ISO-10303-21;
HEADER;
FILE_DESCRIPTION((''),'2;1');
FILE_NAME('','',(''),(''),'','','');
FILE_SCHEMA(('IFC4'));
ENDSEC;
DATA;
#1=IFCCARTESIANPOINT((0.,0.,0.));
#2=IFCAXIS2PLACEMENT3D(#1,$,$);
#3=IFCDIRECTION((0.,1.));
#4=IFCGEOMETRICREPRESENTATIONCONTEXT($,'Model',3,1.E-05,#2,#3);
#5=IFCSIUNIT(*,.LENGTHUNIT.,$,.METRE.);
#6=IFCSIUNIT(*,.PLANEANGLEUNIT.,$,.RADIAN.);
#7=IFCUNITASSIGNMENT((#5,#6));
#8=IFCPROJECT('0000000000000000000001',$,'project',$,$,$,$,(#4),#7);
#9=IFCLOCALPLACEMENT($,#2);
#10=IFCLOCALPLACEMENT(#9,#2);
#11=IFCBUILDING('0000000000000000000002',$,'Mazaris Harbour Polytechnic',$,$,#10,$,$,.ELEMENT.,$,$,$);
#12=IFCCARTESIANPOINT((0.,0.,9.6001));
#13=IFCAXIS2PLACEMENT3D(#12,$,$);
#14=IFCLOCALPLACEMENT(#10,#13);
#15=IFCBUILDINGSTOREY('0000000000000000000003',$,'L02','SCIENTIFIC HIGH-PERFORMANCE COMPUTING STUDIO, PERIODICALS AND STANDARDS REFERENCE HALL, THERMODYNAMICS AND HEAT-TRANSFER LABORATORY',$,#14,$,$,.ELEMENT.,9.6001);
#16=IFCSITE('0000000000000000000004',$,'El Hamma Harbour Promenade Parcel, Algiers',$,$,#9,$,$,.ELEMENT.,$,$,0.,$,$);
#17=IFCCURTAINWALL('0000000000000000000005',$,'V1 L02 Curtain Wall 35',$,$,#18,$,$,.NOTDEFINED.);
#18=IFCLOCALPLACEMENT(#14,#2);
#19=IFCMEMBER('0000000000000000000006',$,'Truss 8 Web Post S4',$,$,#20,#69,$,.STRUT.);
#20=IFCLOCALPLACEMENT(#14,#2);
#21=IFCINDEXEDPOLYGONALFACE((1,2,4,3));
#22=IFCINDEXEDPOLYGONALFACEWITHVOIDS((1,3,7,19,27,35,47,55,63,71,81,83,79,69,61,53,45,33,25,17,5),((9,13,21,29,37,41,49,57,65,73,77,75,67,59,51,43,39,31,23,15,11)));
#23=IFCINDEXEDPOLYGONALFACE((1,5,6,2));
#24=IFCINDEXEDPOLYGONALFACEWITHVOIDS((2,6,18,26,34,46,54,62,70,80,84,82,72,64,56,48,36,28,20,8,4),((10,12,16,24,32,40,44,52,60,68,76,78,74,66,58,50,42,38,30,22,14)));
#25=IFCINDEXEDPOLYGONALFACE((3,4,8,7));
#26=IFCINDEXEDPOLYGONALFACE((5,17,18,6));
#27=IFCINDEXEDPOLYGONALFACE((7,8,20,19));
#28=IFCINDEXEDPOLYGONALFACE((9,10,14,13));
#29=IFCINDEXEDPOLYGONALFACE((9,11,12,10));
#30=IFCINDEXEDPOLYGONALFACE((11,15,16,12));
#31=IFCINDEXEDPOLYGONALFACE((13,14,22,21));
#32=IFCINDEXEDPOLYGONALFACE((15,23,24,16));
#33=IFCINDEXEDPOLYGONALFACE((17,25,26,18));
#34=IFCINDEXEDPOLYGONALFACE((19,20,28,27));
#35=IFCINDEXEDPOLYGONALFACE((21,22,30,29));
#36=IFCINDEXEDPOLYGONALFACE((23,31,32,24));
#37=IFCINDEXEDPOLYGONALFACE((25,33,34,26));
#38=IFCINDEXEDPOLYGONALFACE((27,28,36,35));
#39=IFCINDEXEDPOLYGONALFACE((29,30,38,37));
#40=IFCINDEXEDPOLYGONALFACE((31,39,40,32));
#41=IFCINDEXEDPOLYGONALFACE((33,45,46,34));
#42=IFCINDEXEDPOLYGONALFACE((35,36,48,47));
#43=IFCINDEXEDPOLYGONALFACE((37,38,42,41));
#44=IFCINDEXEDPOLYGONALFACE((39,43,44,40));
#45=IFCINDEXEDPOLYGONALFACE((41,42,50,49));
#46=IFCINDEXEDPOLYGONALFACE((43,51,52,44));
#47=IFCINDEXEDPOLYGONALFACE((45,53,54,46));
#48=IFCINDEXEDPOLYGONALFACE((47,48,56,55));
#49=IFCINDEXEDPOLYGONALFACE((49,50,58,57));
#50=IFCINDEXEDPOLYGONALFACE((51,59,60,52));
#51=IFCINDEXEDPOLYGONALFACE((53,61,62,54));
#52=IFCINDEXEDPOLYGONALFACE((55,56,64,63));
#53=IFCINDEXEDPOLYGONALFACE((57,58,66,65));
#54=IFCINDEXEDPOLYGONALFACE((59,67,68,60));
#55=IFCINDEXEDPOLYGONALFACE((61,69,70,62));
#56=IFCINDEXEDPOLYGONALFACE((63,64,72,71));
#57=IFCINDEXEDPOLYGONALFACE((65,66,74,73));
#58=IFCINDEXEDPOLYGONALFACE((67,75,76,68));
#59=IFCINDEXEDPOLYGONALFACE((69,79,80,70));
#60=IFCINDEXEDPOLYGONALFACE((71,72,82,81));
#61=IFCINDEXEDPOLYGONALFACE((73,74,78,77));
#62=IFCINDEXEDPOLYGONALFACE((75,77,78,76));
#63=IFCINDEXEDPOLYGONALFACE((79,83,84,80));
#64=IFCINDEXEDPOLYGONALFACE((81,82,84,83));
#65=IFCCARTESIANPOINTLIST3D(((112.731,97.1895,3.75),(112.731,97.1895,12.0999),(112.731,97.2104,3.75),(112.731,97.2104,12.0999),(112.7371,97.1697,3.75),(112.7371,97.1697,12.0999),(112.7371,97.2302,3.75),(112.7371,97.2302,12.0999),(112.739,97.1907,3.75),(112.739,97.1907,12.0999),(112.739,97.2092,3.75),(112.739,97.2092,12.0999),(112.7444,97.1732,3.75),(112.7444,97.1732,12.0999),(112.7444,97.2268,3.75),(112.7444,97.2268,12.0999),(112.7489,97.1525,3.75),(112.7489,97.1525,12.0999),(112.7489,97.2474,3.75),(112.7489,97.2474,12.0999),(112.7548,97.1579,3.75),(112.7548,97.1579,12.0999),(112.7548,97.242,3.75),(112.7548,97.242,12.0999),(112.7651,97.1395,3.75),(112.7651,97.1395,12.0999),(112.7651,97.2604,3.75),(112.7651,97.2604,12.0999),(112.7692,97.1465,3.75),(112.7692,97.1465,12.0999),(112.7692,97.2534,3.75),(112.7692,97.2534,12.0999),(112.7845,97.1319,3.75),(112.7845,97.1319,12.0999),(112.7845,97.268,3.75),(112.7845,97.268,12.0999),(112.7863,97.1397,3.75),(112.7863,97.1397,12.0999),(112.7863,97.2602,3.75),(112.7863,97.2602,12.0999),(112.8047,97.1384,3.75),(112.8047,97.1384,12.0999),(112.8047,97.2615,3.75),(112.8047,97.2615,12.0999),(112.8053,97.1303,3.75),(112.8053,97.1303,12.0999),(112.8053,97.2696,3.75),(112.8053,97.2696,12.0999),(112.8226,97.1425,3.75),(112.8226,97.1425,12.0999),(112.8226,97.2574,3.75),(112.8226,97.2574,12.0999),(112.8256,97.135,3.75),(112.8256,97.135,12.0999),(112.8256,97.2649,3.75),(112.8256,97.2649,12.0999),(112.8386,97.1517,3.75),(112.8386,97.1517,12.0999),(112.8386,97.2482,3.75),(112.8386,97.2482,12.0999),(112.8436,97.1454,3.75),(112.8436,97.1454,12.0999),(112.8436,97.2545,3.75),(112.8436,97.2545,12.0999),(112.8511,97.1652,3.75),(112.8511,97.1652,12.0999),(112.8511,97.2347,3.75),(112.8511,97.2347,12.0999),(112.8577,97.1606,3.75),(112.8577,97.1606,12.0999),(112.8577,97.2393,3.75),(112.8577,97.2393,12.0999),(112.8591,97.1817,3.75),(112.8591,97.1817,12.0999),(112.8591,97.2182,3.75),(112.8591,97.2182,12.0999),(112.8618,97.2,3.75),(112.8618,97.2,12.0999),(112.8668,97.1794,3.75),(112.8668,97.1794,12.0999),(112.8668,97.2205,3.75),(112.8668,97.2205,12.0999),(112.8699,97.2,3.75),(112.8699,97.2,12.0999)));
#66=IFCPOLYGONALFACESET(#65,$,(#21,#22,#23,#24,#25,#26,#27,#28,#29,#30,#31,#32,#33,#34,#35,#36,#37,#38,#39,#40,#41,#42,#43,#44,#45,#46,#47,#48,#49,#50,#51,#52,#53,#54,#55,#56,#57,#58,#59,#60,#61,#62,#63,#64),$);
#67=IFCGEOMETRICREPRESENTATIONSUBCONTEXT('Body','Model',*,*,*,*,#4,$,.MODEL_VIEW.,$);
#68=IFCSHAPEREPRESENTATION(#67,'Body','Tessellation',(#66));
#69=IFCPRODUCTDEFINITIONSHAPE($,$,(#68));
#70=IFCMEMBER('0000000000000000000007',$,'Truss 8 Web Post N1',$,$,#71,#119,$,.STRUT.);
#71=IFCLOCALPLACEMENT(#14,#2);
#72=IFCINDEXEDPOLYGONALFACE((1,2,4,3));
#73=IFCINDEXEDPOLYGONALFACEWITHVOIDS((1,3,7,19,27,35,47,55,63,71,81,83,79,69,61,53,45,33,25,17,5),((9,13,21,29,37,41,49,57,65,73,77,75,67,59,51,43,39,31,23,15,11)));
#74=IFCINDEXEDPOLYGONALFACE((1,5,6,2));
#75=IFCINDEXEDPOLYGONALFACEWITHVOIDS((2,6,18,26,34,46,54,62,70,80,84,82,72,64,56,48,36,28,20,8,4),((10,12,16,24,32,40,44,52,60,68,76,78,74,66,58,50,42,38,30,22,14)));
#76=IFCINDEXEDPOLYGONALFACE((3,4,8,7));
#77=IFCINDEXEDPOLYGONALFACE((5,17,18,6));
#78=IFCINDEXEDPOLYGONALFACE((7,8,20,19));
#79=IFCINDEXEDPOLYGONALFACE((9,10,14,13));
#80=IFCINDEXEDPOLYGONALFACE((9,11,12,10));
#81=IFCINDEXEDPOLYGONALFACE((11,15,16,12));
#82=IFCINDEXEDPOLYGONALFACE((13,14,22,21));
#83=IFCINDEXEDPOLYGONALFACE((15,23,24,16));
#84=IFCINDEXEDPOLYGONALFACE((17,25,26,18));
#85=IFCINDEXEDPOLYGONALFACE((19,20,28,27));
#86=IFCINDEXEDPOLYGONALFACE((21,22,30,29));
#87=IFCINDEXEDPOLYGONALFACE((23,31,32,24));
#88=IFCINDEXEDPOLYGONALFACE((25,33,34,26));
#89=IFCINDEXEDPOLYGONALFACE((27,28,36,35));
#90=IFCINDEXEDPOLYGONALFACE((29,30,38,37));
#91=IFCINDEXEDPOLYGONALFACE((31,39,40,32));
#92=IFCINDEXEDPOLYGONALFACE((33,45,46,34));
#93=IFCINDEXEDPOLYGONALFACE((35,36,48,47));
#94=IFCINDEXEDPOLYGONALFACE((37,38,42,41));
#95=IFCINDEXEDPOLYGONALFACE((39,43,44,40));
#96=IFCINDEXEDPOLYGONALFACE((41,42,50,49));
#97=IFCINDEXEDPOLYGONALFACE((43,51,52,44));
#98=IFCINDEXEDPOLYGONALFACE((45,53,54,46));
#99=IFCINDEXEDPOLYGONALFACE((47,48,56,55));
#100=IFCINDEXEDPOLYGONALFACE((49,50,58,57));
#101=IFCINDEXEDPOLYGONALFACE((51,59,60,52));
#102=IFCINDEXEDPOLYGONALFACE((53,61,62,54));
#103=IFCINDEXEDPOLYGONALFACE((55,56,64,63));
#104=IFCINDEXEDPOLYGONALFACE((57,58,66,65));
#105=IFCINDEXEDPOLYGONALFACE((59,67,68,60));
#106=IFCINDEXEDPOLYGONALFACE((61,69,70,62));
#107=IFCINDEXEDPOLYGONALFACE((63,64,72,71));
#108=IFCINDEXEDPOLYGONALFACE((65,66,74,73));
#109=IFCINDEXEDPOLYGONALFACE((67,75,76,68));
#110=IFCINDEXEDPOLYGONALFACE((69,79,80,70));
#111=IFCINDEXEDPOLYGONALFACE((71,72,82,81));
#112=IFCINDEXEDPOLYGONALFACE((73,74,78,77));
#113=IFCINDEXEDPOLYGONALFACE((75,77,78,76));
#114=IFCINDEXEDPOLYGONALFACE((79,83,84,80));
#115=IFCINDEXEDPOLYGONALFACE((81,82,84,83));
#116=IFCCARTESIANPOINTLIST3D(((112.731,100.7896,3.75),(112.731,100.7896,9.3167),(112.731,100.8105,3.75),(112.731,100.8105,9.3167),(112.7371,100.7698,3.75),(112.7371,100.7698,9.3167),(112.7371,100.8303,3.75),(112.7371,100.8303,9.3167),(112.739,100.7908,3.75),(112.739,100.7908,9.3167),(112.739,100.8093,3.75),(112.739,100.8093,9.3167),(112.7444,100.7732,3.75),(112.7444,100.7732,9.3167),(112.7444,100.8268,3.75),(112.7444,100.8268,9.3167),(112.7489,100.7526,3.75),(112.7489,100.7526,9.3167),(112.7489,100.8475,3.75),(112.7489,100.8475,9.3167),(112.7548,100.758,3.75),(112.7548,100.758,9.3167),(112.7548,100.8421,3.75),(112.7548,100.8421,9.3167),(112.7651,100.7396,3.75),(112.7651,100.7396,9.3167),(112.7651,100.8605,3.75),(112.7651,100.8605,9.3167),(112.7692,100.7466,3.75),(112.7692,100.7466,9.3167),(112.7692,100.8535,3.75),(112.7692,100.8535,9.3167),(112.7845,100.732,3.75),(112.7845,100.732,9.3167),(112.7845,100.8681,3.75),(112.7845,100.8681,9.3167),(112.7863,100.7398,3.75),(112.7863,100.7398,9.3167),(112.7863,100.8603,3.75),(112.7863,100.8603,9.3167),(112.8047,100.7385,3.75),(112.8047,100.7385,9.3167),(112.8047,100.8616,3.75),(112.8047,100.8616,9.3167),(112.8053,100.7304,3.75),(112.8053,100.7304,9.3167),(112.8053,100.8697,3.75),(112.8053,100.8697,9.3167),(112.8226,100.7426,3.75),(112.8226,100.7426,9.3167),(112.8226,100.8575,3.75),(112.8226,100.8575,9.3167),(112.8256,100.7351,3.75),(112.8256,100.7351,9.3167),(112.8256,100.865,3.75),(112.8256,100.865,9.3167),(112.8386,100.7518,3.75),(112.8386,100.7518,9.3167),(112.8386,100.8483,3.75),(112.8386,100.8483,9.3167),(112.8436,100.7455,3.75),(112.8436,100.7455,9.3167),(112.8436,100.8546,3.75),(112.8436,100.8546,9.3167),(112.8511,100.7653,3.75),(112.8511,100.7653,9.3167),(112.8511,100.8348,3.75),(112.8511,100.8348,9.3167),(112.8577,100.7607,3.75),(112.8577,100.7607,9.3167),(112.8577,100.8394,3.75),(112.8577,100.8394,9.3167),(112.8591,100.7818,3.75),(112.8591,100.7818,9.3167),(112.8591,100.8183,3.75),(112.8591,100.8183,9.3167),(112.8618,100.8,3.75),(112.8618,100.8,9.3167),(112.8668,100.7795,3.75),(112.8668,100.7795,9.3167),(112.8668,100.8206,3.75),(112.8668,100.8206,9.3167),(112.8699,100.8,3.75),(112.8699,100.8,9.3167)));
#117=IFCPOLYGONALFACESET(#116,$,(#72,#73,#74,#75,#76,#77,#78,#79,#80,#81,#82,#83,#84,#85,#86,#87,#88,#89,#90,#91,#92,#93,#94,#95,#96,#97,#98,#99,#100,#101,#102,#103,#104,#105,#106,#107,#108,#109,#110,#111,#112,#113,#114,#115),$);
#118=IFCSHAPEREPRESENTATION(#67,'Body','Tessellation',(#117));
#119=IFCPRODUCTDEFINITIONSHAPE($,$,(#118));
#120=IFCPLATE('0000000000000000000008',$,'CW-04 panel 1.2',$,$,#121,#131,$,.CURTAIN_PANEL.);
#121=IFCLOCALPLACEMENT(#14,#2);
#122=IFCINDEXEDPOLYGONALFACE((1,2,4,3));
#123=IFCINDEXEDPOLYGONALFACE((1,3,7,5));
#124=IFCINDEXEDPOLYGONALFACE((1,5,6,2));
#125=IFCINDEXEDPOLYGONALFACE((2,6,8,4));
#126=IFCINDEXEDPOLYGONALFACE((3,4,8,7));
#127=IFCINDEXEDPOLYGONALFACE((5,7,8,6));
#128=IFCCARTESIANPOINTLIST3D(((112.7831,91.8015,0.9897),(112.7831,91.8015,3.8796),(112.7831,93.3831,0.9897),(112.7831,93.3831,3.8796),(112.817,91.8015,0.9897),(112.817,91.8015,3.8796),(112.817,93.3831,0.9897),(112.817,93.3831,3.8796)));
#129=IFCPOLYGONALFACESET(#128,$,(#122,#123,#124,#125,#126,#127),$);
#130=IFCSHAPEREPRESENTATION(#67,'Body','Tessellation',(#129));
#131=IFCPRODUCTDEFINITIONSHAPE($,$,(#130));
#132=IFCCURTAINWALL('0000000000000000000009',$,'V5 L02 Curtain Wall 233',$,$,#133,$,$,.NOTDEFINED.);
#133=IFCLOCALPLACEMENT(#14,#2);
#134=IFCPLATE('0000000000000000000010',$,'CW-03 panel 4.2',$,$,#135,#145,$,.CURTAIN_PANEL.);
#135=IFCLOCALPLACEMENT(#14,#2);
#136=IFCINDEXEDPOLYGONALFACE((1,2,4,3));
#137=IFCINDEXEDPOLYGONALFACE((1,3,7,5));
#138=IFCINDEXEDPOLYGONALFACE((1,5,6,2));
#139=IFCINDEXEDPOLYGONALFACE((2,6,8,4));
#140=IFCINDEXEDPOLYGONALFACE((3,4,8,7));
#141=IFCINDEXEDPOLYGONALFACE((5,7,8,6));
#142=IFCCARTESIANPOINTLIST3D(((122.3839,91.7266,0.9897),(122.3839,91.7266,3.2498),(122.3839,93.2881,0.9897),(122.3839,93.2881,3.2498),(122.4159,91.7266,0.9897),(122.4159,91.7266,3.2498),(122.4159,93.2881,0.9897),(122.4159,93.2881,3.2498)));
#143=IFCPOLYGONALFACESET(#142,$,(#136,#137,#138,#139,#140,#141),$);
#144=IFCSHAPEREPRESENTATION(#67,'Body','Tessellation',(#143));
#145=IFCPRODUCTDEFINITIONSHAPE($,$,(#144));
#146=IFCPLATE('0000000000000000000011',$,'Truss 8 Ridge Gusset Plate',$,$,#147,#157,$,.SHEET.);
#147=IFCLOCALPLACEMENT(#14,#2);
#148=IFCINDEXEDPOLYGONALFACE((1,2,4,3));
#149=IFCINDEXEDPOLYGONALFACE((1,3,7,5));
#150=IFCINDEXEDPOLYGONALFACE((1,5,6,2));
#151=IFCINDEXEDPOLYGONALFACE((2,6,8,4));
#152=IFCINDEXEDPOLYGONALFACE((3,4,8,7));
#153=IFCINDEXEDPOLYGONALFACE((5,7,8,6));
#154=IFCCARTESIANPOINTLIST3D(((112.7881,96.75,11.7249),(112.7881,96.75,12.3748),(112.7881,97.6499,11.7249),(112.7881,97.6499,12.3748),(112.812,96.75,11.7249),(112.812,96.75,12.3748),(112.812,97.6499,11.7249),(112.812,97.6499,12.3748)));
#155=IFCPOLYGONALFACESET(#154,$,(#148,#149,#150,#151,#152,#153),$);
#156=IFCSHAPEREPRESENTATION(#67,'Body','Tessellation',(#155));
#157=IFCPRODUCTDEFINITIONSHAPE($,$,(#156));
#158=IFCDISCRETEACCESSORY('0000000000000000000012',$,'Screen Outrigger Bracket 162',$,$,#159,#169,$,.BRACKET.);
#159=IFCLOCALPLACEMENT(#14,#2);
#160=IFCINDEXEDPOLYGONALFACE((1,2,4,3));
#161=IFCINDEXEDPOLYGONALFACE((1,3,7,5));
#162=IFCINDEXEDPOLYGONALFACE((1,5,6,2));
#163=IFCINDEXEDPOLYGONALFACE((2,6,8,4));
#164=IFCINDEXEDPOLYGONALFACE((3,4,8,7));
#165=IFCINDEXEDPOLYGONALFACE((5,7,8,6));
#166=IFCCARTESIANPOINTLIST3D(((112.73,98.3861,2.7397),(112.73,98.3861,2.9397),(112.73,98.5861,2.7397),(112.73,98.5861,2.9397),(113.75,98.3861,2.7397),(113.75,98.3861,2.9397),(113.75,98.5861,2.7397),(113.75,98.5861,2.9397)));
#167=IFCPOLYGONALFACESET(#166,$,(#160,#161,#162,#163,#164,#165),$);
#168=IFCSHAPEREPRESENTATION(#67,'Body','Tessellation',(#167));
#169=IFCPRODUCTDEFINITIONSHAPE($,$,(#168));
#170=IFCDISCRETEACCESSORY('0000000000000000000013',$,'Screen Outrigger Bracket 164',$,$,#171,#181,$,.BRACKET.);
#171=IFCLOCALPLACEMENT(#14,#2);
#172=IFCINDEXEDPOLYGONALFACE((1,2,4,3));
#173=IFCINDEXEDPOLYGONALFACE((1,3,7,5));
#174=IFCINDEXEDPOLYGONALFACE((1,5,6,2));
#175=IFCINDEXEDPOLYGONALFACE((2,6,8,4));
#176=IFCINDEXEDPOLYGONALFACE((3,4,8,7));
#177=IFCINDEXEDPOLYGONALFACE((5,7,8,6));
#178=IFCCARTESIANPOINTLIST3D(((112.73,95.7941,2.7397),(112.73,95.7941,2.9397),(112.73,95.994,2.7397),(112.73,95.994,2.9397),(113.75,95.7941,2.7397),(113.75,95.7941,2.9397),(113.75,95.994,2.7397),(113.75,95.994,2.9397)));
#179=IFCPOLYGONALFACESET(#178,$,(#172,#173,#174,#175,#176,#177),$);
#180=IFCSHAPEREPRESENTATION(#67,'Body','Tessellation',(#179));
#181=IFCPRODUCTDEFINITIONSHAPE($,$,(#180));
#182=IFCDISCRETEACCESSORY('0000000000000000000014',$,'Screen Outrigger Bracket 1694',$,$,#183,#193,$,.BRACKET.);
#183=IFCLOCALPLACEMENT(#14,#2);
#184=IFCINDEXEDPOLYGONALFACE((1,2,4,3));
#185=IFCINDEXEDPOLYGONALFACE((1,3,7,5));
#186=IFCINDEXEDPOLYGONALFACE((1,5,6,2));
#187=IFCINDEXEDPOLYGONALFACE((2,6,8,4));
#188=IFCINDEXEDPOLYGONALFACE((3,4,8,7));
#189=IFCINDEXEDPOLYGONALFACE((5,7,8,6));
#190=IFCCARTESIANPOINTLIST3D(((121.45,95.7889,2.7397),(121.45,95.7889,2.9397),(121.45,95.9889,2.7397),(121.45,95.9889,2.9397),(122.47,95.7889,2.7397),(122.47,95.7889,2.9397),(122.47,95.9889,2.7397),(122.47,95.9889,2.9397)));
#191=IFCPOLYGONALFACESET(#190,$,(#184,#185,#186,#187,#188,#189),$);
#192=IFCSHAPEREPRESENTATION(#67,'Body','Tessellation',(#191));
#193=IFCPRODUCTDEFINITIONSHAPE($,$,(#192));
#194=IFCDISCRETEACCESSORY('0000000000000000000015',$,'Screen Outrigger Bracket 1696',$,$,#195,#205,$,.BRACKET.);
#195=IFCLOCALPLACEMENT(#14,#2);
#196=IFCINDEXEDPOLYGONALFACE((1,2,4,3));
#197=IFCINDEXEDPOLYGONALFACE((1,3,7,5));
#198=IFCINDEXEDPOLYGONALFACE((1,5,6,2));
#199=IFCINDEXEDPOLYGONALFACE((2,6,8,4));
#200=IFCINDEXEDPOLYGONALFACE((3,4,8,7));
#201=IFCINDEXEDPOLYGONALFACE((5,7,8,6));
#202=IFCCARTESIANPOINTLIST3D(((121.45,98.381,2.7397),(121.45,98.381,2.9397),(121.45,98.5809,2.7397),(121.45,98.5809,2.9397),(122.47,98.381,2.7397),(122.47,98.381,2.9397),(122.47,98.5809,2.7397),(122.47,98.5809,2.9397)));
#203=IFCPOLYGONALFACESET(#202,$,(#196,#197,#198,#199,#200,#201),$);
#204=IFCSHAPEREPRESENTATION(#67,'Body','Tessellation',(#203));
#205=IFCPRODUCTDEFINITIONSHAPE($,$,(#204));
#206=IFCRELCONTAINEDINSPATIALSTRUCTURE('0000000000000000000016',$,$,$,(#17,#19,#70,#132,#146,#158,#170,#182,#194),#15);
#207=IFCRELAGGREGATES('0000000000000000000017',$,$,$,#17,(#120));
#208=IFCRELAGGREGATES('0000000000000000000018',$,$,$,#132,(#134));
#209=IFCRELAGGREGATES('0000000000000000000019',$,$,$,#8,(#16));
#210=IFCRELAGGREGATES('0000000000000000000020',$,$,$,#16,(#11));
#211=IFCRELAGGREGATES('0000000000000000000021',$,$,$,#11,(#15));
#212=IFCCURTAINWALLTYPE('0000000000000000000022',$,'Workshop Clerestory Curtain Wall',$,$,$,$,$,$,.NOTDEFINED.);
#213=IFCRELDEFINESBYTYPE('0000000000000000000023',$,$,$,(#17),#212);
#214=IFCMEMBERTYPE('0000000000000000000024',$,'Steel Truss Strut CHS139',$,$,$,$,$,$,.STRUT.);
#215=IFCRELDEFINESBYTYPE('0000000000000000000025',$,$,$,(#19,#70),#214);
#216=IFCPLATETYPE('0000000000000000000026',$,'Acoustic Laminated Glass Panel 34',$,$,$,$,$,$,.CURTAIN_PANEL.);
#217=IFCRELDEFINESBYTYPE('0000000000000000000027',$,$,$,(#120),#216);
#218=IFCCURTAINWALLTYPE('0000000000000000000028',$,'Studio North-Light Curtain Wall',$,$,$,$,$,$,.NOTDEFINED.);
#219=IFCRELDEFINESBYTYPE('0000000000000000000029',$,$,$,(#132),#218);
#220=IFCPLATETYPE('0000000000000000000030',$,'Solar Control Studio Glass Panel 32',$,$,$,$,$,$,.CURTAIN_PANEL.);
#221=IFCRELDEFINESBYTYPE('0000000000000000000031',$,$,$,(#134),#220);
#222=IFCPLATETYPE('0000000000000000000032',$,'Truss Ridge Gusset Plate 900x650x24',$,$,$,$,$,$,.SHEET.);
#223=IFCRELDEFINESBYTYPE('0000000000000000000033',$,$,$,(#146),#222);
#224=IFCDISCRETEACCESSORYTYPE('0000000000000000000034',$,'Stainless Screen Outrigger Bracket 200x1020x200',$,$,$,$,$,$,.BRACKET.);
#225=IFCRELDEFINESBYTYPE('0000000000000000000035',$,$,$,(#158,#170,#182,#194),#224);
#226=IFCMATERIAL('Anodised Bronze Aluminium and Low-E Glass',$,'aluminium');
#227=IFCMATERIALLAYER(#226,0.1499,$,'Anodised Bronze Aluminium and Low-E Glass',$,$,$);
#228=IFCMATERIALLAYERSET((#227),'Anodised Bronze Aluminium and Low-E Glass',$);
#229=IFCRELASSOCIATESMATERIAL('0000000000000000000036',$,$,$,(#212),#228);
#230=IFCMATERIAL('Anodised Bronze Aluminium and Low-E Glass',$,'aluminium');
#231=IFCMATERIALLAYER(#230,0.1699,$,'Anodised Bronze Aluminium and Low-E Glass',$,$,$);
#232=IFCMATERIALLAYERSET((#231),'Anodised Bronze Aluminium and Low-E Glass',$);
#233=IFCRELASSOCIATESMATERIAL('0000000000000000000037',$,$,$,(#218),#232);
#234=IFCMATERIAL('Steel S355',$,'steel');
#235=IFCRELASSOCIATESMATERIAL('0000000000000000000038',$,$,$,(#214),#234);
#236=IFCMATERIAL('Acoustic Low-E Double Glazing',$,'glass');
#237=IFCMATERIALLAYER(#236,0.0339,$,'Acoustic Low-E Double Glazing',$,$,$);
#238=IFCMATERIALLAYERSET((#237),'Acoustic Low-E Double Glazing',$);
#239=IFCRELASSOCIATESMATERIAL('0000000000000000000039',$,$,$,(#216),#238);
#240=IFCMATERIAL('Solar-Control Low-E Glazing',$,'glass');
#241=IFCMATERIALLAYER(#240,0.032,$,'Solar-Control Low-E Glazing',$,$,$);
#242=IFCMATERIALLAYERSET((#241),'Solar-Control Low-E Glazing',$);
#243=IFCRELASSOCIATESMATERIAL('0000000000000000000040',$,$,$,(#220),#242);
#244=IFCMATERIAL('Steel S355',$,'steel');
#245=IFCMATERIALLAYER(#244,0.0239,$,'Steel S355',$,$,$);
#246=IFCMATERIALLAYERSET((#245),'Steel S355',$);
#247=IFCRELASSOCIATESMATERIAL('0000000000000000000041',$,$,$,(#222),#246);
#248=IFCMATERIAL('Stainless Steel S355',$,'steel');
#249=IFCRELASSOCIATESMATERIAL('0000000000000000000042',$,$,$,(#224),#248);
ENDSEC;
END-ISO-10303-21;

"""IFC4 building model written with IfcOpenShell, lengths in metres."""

from ifc_helpers import new_model, si_unit, direction, frame, origin, origin_2d, place, context, subcontext, project, spatial, rectangle, hollow_circle, extrude, material, layer, layer_set, material_profile, profile_set, type_object, element, aggregate, save


model = new_model("IFC4")

# Units and contexts
model_context = context("Model", 3, precision=1e-05, world=origin(), true_north=direction((0.0, 1.0)))
body_context = subcontext(model_context, "Body", "Model", "MODEL_VIEW")
ifc_project = project(units=[si_unit("LENGTHUNIT", "METRE"), si_unit("PLANEANGLEUNIT", "RADIAN")], contexts=[model_context])

# Site, building, storey
site_placement = place(None, origin())
site = spatial("IfcSite", under=ifc_project, at=site_placement, Name="El Hamma Harbour Promenade Parcel, Algiers", CompositionType="ELEMENT", RefElevation=0.0)
building_placement = place(site_placement, origin())
building = spatial("IfcBuilding", under=site, at=building_placement, Name="Mazaris Harbour Polytechnic", CompositionType="ELEMENT")
storey_placement = place(building_placement, frame((0.0, 0.0, 9.6001)))
storey = spatial("IfcBuildingStorey", under=building, at=storey_placement, Name="L02", Description="SCIENTIFIC HIGH-PERFORMANCE COMPUTING STUDIO, PERIODICALS AND STANDARDS REFERENCE HALL, THERMODYNAMICS AND HEAT-TRANSFER LABORATORY", CompositionType="ELEMENT", Elevation=9.6001)

# Curtain wall
ifc_material_1 = material(Name="Anodised Bronze Aluminium and Low-E Glass", Category="aluminium")
ifc_layer_1 = layer(ifc_material_1, 0.1499, Name="Anodised Bronze Aluminium and Low-E Glass")
ifc_layer_set_1 = layer_set([ifc_layer_1], Name="Anodised Bronze Aluminium and Low-E Glass")
curtain_wall_type_1 = type_object("IfcCurtainWallType", Name="Workshop Clerestory Curtain Wall", PredefinedType="NOTDEFINED", material=ifc_layer_set_1)
curtain_wall_1_placement = place(storey_placement, origin())
curtain_wall_1 = element("IfcCurtainWall", 1, at=curtain_wall_1_placement, inside=storey, type_object=curtain_wall_type_1, Name="V1 L02 Curtain Wall 35", PredefinedType="NOTDEFINED")
ifc_material_2 = material(Name="Anodised Bronze Aluminium and Low-E Glass", Category="aluminium")
ifc_layer_2 = layer(ifc_material_2, 0.1699, Name="Anodised Bronze Aluminium and Low-E Glass")
ifc_layer_set_2 = layer_set([ifc_layer_2], Name="Anodised Bronze Aluminium and Low-E Glass")
curtain_wall_type_2 = type_object("IfcCurtainWallType", Name="Studio North-Light Curtain Wall", PredefinedType="NOTDEFINED", material=ifc_layer_set_2)

# Members
ifc_material_3 = material(Name="Steel S355", Category="steel")
ifc_material_profile_1 = material_profile(ifc_material_3, hollow_circle(Radius=0.0698, WallThickness=0.0081, at=origin_2d()), Name="CHS 139.7x8.0")
ifc_profile_set_1 = profile_set([ifc_material_profile_1], Name="Steel S355")
member_type_1 = type_object("IfcMemberType", Name="Steel Truss Strut CHS139", PredefinedType="STRUT", material=ifc_profile_set_1)
member_1_placement = place(storey_placement, frame((112.8, 97.2, 3.75), z_axis=(0.0, 0.0, 1.0), x_axis=(1.0, 0.0, 0.0)))
element("IfcMember", 2, at=member_1_placement, inside=storey, type_object=member_type_1, Name="Truss 8 Web Post S4", PredefinedType="STRUT", context=body_context, shape_type="SweptSolid", body=[
    extrude(hollow_circle(Radius=0.0698, WallThickness=0.0081, at=origin_2d()), origin(), (0.0, 0.0, 1.0), 8.3499),
])
member_2_placement = place(storey_placement, frame((112.8, 100.8, 3.75), z_axis=(0.0, 0.0, 1.0), x_axis=(1.0, 0.0, 0.0)))
element("IfcMember", 3, at=member_2_placement, inside=storey, type_object=member_type_1, Name="Truss 8 Web Post N1", PredefinedType="STRUT", context=body_context, shape_type="SweptSolid", body=[
    extrude(hollow_circle(Radius=0.0698, WallThickness=0.0081, at=origin_2d()), origin(), (0.0, 0.0, 1.0), 5.5667),
])

# Plate
ifc_material_4 = material(Name="Acoustic Low-E Double Glazing", Category="glass")
ifc_layer_3 = layer(ifc_material_4, 0.0339, Name="Acoustic Low-E Double Glazing")
ifc_layer_set_3 = layer_set([ifc_layer_3], Name="Acoustic Low-E Double Glazing")
plate_type_1 = type_object("IfcPlateType", Name="Acoustic Laminated Glass Panel 34", PredefinedType="CURTAIN_PANEL", material=ifc_layer_set_3)
plate_1_placement = place(storey_placement, frame((112.8, 92.5923, 0.9897), z_axis=(0.0, 0.0, 1.0), x_axis=(0.0, -1.0, 0.0)))
plate_1 = element("IfcPlate", 4, at=plate_1_placement, type_object=plate_type_1, Name="CW-04 panel 1.2", PredefinedType="CURTAIN_PANEL", context=body_context, shape_type="SweptSolid", body=[
    extrude(rectangle(XDim=1.5815, YDim=0.0339, at=origin_2d()), origin(), (0.0, 0.0, 1.0), 2.8899),
])
aggregate(curtain_wall_1, [plate_1])

# Curtain wall, plate
curtain_wall_2_placement = place(storey_placement, origin())
curtain_wall_2 = element("IfcCurtainWall", 5, at=curtain_wall_2_placement, inside=storey, type_object=curtain_wall_type_2, Name="V5 L02 Curtain Wall 233", PredefinedType="NOTDEFINED")
ifc_material_5 = material(Name="Solar-Control Low-E Glazing", Category="glass")
ifc_layer_4 = layer(ifc_material_5, 0.032, Name="Solar-Control Low-E Glazing")
ifc_layer_set_4 = layer_set([ifc_layer_4], Name="Solar-Control Low-E Glazing")
plate_type_2 = type_object("IfcPlateType", Name="Solar Control Studio Glass Panel 32", PredefinedType="CURTAIN_PANEL", material=ifc_layer_set_4)
plate_2_placement = place(storey_placement, frame((122.3999, 92.5073, 0.9897), z_axis=(0.0, 0.0, 1.0), x_axis=(0.0, 1.0, 0.0)))
plate_2 = element("IfcPlate", 6, at=plate_2_placement, type_object=plate_type_2, Name="CW-03 panel 4.2", PredefinedType="CURTAIN_PANEL", context=body_context, shape_type="SweptSolid", body=[
    extrude(rectangle(XDim=1.5615, YDim=0.032, at=origin_2d()), origin(), (0.0, 0.0, 1.0), 2.26),
])
aggregate(curtain_wall_2, [plate_2])

# Plate
ifc_material_6 = material(Name="Steel S355", Category="steel")
ifc_layer_5 = layer(ifc_material_6, 0.0239, Name="Steel S355")
ifc_layer_set_5 = layer_set([ifc_layer_5], Name="Steel S355")
plate_type_3 = type_object("IfcPlateType", Name="Truss Ridge Gusset Plate 900x650x24", PredefinedType="SHEET", material=ifc_layer_set_5)
plate_3_placement = place(storey_placement, frame((112.8, 97.2, 11.7249), z_axis=(0.0, 0.0, 1.0), x_axis=(0.0, 1.0, 0.0)))
element("IfcPlate", 7, at=plate_3_placement, inside=storey, type_object=plate_type_3, Name="Truss 8 Ridge Gusset Plate", PredefinedType="SHEET", context=body_context, shape_type="SweptSolid", body=[
    extrude(rectangle(XDim=0.8999, YDim=0.0239, at=origin_2d()), origin(), (0.0, 0.0, 1.0), 0.6499),
])

# Discrete accessories
ifc_material_7 = material(Name="Stainless Steel S355", Category="steel")
discrete_accessory_type = type_object("IfcDiscreteAccessoryType", Name="Stainless Screen Outrigger Bracket 200x1020x200", PredefinedType="BRACKET", material=ifc_material_7)
for number, where, z_axis, x_axis, name in (
    (8, (113.24, 98.4861, 2.7397), (0.0, 0.0, 1.0), (0.0, -1.0, 0.0), "Screen Outrigger Bracket 162"),
    (9, (113.24, 95.894, 2.7397), (0.0, 0.0, 1.0), (0.0, -1.0, 0.0), "Screen Outrigger Bracket 164"),
    (10, (121.96, 95.8889, 2.7397), (0.0, 0.0, 1.0), (0.0, 1.0, 0.0), "Screen Outrigger Bracket 1694"),
    (11, (121.96, 98.481, 2.7397), (0.0, 0.0, 1.0), (0.0, 1.0, 0.0), "Screen Outrigger Bracket 1696"),
):
    element("IfcDiscreteAccessory", number, at=place(storey_placement, frame(where, z_axis=z_axis, x_axis=x_axis)), inside=storey, type_object=discrete_accessory_type, Name=name, PredefinedType="BRACKET", context=body_context, shape_type="SweptSolid", body=[
        extrude(rectangle(XDim=0.2, YDim=1.02, at=origin_2d()), origin(), (0.0, 0.0, 1.0), 0.2),
    ])

save(model, "model.ifc")
